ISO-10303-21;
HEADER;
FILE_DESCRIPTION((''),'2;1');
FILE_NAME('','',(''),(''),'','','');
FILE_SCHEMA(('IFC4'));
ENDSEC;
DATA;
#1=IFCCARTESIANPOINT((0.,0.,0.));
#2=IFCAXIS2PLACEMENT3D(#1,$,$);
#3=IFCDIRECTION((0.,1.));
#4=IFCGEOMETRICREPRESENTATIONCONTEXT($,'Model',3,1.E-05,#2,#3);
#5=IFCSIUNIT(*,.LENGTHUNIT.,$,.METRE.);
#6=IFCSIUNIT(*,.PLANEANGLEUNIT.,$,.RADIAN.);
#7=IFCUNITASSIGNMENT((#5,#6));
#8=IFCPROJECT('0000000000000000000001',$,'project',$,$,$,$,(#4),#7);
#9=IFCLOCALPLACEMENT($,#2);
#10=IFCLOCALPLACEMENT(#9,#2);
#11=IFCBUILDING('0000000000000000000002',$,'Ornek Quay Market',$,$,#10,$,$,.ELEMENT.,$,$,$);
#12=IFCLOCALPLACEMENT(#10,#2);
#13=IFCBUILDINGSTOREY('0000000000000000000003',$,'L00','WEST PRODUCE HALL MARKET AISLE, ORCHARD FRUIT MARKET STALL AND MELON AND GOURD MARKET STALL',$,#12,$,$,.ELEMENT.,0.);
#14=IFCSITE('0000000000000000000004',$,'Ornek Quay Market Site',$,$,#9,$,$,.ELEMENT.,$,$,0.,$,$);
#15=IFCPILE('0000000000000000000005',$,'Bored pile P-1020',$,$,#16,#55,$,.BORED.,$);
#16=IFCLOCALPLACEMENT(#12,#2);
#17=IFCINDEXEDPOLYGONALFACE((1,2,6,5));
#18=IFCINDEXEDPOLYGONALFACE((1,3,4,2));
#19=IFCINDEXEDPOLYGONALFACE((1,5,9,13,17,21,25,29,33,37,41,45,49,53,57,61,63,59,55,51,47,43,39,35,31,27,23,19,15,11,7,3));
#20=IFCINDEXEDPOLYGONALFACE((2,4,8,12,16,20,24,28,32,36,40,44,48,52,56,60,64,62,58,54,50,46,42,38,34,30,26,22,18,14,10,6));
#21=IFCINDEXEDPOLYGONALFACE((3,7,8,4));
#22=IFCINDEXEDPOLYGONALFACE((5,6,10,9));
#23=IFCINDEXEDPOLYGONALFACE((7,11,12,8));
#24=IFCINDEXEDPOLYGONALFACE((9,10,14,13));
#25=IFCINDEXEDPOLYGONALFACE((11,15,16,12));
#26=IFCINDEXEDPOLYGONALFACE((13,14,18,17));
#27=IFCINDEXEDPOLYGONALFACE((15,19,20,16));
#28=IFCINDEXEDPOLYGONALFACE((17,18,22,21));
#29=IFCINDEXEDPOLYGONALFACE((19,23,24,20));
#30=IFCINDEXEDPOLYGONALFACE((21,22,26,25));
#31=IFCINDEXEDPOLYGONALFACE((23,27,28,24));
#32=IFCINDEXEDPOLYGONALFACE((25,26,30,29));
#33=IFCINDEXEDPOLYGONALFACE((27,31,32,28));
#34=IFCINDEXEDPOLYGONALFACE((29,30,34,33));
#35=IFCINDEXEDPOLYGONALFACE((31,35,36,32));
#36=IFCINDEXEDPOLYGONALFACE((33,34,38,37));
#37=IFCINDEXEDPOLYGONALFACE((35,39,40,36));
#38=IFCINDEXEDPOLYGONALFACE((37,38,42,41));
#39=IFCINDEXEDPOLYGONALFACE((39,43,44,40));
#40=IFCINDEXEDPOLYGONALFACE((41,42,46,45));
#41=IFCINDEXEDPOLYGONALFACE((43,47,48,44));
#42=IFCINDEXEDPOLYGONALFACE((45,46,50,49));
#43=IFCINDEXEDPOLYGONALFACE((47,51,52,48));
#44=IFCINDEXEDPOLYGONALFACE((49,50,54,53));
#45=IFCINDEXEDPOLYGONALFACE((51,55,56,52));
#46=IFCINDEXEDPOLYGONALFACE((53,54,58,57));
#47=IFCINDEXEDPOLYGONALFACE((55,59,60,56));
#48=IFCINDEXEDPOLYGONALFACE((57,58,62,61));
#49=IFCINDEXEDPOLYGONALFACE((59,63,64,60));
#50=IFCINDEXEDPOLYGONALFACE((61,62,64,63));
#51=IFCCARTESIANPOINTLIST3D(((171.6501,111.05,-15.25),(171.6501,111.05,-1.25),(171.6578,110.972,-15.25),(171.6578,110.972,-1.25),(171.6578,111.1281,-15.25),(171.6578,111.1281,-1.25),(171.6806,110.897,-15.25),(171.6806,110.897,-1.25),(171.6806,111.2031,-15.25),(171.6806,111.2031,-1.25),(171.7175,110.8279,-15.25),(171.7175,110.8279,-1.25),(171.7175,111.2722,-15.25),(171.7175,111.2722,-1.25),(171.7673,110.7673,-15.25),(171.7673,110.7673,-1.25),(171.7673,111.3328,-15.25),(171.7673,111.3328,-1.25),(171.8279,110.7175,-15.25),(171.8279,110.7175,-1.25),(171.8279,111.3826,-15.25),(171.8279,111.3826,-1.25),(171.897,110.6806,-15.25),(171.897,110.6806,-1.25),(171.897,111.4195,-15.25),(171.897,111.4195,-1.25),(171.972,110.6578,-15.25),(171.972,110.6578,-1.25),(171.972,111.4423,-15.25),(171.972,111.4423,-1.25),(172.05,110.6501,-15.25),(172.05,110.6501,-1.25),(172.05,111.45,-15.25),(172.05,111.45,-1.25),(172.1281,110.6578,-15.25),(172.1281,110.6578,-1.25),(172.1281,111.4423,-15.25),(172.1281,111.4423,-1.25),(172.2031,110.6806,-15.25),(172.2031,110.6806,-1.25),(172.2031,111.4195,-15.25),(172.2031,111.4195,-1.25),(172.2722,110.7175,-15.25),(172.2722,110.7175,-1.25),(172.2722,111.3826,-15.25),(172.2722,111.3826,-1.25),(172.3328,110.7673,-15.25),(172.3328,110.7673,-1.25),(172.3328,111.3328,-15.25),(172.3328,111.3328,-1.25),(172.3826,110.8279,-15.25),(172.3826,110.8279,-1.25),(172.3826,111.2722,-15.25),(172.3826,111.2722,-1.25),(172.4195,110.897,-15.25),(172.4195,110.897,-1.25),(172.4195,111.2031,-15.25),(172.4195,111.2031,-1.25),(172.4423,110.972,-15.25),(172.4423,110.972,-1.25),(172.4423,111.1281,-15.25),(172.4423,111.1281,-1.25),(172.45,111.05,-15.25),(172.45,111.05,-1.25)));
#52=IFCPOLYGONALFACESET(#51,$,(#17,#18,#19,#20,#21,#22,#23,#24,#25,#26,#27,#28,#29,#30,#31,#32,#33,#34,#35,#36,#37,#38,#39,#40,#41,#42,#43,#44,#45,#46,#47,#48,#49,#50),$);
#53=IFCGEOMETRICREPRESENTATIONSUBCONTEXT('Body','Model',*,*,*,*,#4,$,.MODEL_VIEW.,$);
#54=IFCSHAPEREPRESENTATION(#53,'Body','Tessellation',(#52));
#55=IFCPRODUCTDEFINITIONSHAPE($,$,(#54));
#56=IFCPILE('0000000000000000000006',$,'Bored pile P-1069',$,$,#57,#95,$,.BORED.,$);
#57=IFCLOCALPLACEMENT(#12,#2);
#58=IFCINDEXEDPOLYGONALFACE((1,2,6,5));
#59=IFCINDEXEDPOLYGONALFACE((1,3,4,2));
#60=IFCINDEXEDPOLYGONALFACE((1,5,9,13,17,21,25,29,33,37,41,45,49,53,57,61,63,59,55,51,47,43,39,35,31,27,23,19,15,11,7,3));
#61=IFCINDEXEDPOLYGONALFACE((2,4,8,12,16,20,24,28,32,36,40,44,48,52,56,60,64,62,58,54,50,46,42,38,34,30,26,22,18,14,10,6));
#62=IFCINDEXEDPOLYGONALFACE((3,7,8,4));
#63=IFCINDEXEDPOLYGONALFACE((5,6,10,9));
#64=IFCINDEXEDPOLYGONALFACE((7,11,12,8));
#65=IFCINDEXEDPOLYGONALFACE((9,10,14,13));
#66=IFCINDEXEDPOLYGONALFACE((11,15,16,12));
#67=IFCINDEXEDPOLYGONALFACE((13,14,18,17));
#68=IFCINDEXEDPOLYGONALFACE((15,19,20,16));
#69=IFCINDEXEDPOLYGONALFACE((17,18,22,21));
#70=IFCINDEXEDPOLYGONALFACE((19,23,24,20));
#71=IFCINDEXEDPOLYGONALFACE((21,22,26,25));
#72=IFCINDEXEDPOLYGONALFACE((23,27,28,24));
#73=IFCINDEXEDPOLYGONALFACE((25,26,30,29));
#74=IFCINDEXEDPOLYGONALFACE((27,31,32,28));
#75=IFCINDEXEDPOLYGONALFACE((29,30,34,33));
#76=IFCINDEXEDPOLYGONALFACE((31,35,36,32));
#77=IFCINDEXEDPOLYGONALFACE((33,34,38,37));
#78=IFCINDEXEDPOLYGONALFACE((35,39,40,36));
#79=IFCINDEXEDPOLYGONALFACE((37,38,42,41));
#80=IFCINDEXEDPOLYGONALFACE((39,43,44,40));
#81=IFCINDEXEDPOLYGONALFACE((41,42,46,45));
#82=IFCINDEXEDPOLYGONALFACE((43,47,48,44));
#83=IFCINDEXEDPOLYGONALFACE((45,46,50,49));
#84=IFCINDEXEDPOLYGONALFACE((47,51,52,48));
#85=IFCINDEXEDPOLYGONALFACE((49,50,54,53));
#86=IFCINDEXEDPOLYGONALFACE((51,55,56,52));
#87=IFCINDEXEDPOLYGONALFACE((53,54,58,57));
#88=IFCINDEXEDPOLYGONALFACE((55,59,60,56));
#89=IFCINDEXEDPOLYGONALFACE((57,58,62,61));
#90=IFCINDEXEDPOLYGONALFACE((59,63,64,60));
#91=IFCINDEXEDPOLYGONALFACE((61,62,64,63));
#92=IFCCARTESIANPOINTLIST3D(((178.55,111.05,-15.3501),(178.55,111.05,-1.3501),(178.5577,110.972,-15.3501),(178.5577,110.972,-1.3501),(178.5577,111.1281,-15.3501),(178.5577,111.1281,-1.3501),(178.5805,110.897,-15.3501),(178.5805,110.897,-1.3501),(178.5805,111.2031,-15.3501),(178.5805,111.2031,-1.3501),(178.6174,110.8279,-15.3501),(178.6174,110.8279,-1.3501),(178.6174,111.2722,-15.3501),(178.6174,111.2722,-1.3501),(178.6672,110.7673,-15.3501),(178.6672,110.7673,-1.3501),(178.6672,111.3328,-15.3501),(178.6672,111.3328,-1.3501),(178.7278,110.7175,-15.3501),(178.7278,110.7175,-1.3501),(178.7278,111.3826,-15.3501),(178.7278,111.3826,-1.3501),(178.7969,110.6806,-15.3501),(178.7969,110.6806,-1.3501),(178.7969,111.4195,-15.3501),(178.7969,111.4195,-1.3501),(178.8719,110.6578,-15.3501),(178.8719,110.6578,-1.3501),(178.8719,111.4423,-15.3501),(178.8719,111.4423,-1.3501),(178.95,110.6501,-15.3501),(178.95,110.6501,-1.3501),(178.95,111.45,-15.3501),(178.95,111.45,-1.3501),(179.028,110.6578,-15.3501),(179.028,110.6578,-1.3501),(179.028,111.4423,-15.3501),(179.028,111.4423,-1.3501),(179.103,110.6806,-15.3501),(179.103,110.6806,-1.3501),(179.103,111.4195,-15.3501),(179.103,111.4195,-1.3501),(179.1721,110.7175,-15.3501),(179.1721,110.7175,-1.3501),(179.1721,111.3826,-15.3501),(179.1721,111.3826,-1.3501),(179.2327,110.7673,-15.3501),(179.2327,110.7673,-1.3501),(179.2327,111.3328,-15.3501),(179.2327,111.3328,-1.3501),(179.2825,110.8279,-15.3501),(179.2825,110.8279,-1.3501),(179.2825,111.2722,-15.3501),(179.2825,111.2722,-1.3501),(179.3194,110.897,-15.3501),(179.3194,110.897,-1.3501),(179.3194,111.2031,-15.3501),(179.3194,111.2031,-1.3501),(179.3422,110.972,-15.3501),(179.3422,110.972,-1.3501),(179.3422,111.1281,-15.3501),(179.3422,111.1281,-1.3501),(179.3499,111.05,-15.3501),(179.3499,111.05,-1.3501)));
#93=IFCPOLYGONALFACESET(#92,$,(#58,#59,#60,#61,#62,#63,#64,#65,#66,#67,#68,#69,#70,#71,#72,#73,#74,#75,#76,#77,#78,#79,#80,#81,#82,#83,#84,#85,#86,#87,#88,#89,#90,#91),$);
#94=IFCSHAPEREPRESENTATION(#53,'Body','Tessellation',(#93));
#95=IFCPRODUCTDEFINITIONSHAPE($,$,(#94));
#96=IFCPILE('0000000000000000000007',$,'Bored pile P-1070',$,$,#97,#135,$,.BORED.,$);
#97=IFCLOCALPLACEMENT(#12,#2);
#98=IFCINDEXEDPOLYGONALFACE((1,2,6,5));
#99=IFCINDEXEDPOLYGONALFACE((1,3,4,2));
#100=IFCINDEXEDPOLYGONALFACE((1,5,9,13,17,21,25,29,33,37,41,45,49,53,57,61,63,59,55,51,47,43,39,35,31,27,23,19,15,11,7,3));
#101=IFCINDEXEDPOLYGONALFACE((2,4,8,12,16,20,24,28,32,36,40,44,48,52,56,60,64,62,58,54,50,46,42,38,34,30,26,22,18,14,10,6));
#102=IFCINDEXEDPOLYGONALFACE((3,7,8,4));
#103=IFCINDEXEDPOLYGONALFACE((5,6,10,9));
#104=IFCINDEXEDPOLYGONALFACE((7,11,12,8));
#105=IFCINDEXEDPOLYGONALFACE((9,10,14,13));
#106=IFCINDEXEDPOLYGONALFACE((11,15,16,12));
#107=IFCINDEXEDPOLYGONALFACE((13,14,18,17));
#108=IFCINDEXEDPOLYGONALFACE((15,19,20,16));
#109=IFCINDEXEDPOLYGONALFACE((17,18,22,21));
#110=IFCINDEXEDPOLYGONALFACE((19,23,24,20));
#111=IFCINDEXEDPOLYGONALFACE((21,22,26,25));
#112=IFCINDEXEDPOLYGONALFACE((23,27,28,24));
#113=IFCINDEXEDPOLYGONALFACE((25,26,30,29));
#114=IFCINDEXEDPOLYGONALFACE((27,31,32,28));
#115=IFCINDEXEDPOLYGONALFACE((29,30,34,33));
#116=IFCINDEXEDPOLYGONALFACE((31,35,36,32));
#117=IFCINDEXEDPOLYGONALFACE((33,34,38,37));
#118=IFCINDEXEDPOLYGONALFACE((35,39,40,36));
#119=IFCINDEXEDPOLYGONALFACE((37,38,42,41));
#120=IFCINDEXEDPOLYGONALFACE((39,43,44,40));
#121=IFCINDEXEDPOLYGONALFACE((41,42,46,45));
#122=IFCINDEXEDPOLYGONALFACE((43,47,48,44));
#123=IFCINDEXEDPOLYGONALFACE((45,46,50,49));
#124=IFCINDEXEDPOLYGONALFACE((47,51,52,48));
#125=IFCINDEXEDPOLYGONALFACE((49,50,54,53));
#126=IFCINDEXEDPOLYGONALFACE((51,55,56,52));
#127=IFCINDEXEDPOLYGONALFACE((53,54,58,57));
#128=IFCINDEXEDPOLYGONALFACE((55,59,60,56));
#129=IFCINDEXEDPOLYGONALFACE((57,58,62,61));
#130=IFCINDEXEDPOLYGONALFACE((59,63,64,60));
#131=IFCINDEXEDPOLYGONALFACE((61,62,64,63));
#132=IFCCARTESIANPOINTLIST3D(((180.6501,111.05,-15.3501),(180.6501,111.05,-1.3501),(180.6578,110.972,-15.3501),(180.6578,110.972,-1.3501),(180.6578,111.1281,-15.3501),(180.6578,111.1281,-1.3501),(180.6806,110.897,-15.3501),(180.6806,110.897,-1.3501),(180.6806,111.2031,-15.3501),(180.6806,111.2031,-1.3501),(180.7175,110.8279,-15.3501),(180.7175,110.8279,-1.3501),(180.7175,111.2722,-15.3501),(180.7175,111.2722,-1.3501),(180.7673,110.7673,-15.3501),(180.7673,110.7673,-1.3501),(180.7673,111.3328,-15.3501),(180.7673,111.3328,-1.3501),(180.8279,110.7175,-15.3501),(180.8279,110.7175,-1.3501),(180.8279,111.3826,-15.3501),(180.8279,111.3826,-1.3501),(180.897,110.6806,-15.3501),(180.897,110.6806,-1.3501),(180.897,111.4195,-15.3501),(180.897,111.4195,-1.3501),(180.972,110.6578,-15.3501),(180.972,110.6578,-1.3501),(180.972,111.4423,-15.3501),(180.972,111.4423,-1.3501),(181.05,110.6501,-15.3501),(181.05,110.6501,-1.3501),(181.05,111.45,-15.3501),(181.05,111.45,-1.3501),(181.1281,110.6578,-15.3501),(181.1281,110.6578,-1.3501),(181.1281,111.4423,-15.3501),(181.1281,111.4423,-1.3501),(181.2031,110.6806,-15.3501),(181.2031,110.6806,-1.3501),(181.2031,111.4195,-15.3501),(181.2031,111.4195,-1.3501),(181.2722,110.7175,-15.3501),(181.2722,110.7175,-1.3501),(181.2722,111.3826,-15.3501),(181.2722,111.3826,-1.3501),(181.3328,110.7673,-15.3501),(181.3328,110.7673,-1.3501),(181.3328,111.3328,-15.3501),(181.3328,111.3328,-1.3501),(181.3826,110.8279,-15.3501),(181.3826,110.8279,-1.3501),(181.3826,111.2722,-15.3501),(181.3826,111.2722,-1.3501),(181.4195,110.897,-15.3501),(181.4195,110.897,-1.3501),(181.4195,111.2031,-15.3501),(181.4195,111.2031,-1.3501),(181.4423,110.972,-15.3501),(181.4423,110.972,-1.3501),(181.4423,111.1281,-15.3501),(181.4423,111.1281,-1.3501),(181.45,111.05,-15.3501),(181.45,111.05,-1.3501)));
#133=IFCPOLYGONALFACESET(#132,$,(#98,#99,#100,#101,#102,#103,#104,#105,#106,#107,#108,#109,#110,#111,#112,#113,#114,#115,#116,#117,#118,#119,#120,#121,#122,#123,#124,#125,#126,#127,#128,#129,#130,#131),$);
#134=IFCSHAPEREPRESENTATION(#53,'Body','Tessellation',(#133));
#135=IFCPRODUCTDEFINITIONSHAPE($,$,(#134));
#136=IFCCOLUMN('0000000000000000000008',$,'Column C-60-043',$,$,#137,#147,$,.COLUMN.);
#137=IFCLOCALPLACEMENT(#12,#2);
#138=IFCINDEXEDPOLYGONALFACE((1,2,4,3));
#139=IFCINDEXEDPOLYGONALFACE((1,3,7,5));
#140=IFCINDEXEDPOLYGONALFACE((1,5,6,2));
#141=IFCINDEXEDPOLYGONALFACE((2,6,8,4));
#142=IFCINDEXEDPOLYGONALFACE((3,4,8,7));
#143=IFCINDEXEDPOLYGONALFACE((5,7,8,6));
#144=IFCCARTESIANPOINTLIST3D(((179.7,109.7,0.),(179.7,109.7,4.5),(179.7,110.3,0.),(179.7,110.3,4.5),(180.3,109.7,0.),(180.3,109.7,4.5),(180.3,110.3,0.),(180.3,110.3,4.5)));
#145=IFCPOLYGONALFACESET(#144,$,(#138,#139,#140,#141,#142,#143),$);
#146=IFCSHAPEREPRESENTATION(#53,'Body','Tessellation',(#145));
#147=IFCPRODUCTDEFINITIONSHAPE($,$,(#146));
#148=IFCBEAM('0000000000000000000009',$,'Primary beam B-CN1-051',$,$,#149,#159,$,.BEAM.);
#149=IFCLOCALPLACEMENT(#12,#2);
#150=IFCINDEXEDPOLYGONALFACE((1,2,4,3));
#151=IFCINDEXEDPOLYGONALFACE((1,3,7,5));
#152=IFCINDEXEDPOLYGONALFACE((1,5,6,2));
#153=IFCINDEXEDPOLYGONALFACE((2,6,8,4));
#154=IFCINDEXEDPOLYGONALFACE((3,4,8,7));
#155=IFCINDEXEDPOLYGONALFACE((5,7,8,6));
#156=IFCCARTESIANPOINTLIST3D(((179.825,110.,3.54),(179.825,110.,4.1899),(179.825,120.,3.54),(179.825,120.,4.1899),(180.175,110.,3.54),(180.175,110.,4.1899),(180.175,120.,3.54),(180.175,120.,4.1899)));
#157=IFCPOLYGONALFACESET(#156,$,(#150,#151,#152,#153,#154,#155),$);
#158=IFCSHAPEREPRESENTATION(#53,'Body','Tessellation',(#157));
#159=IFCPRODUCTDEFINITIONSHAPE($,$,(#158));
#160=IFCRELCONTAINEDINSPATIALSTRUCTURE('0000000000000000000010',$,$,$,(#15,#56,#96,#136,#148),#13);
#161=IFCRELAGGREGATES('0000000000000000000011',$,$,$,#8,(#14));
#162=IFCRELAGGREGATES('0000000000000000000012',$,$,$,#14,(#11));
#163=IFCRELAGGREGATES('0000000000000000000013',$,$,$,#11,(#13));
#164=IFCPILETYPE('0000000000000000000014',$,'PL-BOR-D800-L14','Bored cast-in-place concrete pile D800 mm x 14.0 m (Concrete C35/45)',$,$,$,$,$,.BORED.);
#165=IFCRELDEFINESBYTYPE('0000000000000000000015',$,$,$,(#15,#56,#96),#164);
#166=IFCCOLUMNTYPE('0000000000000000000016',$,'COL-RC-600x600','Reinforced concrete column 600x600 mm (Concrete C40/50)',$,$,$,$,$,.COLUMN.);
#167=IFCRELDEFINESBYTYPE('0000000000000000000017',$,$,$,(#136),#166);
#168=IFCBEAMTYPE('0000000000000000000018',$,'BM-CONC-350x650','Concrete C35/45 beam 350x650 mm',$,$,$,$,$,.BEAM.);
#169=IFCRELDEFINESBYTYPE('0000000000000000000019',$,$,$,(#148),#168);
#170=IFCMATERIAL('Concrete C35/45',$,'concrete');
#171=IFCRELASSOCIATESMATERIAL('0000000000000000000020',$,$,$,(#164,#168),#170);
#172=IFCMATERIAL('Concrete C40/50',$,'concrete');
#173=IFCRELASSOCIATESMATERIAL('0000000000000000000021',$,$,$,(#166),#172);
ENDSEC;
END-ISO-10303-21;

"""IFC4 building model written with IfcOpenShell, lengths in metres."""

from ifc_helpers import new_model, si_unit, direction, frame, origin, origin_2d, place, context, subcontext, project, spatial, rectangle, circle, extrude, material, material_profile, profile_set, type_object, element, save


model = new_model("IFC4")

# Units and contexts
model_context = context("Model", 3, precision=1e-05, world=origin(), true_north=direction((0.0, 1.0)))
body_context = subcontext(model_context, "Body", "Model", "MODEL_VIEW")
ifc_project = project(units=[si_unit("LENGTHUNIT", "METRE"), si_unit("PLANEANGLEUNIT", "RADIAN")], contexts=[model_context])

# Site, building, storey
site_placement = place(None, origin())
site = spatial("IfcSite", under=ifc_project, at=site_placement, Name="Ornek Quay Market Site", CompositionType="ELEMENT", RefElevation=0.0)
building_placement = place(site_placement, origin())
building = spatial("IfcBuilding", under=site, at=building_placement, Name="Ornek Quay Market", CompositionType="ELEMENT")
storey_placement = place(building_placement, origin())
storey = spatial("IfcBuildingStorey", under=building, at=storey_placement, Name="L00", Description="WEST PRODUCE HALL MARKET AISLE, ORCHARD FRUIT MARKET STALL AND MELON AND GOURD MARKET STALL", CompositionType="ELEMENT", Elevation=0.0)

# Piles
ifc_material_1 = material(Name="Concrete C35/45", Category="concrete")
ifc_material_profile_1 = material_profile(ifc_material_1, circle(Radius=0.3999, at=origin_2d()), Name="PILE D800", Category="concrete")
ifc_profile_set_1 = profile_set([ifc_material_profile_1], Name="Concrete C35/45")
pile_type = type_object("IfcPileType", Name="PL-BOR-D800-L14", Description="Bored cast-in-place concrete pile D800 mm x 14.0 m (Concrete C35/45)", PredefinedType="BORED", material=ifc_profile_set_1)
for number, where, z_axis, x_axis, name in (
    (1, (172.05, 111.05, -1.25), (0.0, 0.0, -1.0), (1.0, 0.0, 0.0), "Bored pile P-1020"),
    (2, (178.95, 111.05, -1.3501), (0.0, 0.0, -1.0), (1.0, 0.0, 0.0), "Bored pile P-1069"),
    (3, (181.05, 111.05, -1.3501), (0.0, 0.0, -1.0), (1.0, 0.0, 0.0), "Bored pile P-1070"),
):
    element("IfcPile", number, at=place(storey_placement, frame(where, z_axis=z_axis, x_axis=x_axis)), inside=storey, type_object=pile_type, Name=name, PredefinedType="BORED", context=body_context, shape_type="SweptSolid", body=[
        extrude(circle(Radius=0.3999, at=origin_2d()), origin(), (0.0, 0.0, 1.0), 14.0),
    ])

# Column
ifc_material_2 = material(Name="Concrete C40/50", Category="concrete")
ifc_material_profile_2 = material_profile(ifc_material_2, rectangle(XDim=0.6001, YDim=0.6001, at=origin_2d()), Name="RC 600x600", Category="concrete")
ifc_profile_set_2 = profile_set([ifc_material_profile_2], Name="Concrete C40/50")
column_type = type_object("IfcColumnType", Name="COL-RC-600x600", Description="Reinforced concrete column 600x600 mm (Concrete C40/50)", PredefinedType="COLUMN", material=ifc_profile_set_2)
column_placement = place(storey_placement, frame((180.0, 110.0, 0.0), z_axis=(0.0, 0.0, 1.0), x_axis=(1.0, 0.0, 0.0)))
element("IfcColumn", 4, at=column_placement, inside=storey, type_object=column_type, Name="Column C-60-043", PredefinedType="COLUMN", context=body_context, shape_type="SweptSolid", body=[
    extrude(rectangle(XDim=0.6001, YDim=0.6001, at=origin_2d()), origin(), (0.0, 0.0, 1.0), 4.5),
])

# Beam
ifc_material_profile_3 = material_profile(ifc_material_1, rectangle(XDim=0.3501, YDim=0.6499, at=origin_2d()), Name="RC 350x650", Category="concrete")
ifc_profile_set_3 = profile_set([ifc_material_profile_3], Name="Concrete C35/45")
beam_type_1 = type_object("IfcBeamType", Name="BM-CONC-350x650", Description="Concrete C35/45 beam 350x650 mm", PredefinedType="BEAM", material=ifc_profile_set_3)
beam_placement = place(storey_placement, frame((180.0, 110.0, 3.865), z_axis=(0.0, 1.0, 0.0), x_axis=(-1.0, 0.0, 0.0)))
element("IfcBeam", 5, at=beam_placement, inside=storey, type_object=beam_type_1, Name="Primary beam B-CN1-051", PredefinedType="BEAM", context=body_context, shape_type="SweptSolid", body=[
    extrude(rectangle(XDim=0.3501, YDim=0.6499, at=origin_2d()), origin(), (0.0, 0.0, 1.0), 10.0),
])

save(model, "model.ifc")
